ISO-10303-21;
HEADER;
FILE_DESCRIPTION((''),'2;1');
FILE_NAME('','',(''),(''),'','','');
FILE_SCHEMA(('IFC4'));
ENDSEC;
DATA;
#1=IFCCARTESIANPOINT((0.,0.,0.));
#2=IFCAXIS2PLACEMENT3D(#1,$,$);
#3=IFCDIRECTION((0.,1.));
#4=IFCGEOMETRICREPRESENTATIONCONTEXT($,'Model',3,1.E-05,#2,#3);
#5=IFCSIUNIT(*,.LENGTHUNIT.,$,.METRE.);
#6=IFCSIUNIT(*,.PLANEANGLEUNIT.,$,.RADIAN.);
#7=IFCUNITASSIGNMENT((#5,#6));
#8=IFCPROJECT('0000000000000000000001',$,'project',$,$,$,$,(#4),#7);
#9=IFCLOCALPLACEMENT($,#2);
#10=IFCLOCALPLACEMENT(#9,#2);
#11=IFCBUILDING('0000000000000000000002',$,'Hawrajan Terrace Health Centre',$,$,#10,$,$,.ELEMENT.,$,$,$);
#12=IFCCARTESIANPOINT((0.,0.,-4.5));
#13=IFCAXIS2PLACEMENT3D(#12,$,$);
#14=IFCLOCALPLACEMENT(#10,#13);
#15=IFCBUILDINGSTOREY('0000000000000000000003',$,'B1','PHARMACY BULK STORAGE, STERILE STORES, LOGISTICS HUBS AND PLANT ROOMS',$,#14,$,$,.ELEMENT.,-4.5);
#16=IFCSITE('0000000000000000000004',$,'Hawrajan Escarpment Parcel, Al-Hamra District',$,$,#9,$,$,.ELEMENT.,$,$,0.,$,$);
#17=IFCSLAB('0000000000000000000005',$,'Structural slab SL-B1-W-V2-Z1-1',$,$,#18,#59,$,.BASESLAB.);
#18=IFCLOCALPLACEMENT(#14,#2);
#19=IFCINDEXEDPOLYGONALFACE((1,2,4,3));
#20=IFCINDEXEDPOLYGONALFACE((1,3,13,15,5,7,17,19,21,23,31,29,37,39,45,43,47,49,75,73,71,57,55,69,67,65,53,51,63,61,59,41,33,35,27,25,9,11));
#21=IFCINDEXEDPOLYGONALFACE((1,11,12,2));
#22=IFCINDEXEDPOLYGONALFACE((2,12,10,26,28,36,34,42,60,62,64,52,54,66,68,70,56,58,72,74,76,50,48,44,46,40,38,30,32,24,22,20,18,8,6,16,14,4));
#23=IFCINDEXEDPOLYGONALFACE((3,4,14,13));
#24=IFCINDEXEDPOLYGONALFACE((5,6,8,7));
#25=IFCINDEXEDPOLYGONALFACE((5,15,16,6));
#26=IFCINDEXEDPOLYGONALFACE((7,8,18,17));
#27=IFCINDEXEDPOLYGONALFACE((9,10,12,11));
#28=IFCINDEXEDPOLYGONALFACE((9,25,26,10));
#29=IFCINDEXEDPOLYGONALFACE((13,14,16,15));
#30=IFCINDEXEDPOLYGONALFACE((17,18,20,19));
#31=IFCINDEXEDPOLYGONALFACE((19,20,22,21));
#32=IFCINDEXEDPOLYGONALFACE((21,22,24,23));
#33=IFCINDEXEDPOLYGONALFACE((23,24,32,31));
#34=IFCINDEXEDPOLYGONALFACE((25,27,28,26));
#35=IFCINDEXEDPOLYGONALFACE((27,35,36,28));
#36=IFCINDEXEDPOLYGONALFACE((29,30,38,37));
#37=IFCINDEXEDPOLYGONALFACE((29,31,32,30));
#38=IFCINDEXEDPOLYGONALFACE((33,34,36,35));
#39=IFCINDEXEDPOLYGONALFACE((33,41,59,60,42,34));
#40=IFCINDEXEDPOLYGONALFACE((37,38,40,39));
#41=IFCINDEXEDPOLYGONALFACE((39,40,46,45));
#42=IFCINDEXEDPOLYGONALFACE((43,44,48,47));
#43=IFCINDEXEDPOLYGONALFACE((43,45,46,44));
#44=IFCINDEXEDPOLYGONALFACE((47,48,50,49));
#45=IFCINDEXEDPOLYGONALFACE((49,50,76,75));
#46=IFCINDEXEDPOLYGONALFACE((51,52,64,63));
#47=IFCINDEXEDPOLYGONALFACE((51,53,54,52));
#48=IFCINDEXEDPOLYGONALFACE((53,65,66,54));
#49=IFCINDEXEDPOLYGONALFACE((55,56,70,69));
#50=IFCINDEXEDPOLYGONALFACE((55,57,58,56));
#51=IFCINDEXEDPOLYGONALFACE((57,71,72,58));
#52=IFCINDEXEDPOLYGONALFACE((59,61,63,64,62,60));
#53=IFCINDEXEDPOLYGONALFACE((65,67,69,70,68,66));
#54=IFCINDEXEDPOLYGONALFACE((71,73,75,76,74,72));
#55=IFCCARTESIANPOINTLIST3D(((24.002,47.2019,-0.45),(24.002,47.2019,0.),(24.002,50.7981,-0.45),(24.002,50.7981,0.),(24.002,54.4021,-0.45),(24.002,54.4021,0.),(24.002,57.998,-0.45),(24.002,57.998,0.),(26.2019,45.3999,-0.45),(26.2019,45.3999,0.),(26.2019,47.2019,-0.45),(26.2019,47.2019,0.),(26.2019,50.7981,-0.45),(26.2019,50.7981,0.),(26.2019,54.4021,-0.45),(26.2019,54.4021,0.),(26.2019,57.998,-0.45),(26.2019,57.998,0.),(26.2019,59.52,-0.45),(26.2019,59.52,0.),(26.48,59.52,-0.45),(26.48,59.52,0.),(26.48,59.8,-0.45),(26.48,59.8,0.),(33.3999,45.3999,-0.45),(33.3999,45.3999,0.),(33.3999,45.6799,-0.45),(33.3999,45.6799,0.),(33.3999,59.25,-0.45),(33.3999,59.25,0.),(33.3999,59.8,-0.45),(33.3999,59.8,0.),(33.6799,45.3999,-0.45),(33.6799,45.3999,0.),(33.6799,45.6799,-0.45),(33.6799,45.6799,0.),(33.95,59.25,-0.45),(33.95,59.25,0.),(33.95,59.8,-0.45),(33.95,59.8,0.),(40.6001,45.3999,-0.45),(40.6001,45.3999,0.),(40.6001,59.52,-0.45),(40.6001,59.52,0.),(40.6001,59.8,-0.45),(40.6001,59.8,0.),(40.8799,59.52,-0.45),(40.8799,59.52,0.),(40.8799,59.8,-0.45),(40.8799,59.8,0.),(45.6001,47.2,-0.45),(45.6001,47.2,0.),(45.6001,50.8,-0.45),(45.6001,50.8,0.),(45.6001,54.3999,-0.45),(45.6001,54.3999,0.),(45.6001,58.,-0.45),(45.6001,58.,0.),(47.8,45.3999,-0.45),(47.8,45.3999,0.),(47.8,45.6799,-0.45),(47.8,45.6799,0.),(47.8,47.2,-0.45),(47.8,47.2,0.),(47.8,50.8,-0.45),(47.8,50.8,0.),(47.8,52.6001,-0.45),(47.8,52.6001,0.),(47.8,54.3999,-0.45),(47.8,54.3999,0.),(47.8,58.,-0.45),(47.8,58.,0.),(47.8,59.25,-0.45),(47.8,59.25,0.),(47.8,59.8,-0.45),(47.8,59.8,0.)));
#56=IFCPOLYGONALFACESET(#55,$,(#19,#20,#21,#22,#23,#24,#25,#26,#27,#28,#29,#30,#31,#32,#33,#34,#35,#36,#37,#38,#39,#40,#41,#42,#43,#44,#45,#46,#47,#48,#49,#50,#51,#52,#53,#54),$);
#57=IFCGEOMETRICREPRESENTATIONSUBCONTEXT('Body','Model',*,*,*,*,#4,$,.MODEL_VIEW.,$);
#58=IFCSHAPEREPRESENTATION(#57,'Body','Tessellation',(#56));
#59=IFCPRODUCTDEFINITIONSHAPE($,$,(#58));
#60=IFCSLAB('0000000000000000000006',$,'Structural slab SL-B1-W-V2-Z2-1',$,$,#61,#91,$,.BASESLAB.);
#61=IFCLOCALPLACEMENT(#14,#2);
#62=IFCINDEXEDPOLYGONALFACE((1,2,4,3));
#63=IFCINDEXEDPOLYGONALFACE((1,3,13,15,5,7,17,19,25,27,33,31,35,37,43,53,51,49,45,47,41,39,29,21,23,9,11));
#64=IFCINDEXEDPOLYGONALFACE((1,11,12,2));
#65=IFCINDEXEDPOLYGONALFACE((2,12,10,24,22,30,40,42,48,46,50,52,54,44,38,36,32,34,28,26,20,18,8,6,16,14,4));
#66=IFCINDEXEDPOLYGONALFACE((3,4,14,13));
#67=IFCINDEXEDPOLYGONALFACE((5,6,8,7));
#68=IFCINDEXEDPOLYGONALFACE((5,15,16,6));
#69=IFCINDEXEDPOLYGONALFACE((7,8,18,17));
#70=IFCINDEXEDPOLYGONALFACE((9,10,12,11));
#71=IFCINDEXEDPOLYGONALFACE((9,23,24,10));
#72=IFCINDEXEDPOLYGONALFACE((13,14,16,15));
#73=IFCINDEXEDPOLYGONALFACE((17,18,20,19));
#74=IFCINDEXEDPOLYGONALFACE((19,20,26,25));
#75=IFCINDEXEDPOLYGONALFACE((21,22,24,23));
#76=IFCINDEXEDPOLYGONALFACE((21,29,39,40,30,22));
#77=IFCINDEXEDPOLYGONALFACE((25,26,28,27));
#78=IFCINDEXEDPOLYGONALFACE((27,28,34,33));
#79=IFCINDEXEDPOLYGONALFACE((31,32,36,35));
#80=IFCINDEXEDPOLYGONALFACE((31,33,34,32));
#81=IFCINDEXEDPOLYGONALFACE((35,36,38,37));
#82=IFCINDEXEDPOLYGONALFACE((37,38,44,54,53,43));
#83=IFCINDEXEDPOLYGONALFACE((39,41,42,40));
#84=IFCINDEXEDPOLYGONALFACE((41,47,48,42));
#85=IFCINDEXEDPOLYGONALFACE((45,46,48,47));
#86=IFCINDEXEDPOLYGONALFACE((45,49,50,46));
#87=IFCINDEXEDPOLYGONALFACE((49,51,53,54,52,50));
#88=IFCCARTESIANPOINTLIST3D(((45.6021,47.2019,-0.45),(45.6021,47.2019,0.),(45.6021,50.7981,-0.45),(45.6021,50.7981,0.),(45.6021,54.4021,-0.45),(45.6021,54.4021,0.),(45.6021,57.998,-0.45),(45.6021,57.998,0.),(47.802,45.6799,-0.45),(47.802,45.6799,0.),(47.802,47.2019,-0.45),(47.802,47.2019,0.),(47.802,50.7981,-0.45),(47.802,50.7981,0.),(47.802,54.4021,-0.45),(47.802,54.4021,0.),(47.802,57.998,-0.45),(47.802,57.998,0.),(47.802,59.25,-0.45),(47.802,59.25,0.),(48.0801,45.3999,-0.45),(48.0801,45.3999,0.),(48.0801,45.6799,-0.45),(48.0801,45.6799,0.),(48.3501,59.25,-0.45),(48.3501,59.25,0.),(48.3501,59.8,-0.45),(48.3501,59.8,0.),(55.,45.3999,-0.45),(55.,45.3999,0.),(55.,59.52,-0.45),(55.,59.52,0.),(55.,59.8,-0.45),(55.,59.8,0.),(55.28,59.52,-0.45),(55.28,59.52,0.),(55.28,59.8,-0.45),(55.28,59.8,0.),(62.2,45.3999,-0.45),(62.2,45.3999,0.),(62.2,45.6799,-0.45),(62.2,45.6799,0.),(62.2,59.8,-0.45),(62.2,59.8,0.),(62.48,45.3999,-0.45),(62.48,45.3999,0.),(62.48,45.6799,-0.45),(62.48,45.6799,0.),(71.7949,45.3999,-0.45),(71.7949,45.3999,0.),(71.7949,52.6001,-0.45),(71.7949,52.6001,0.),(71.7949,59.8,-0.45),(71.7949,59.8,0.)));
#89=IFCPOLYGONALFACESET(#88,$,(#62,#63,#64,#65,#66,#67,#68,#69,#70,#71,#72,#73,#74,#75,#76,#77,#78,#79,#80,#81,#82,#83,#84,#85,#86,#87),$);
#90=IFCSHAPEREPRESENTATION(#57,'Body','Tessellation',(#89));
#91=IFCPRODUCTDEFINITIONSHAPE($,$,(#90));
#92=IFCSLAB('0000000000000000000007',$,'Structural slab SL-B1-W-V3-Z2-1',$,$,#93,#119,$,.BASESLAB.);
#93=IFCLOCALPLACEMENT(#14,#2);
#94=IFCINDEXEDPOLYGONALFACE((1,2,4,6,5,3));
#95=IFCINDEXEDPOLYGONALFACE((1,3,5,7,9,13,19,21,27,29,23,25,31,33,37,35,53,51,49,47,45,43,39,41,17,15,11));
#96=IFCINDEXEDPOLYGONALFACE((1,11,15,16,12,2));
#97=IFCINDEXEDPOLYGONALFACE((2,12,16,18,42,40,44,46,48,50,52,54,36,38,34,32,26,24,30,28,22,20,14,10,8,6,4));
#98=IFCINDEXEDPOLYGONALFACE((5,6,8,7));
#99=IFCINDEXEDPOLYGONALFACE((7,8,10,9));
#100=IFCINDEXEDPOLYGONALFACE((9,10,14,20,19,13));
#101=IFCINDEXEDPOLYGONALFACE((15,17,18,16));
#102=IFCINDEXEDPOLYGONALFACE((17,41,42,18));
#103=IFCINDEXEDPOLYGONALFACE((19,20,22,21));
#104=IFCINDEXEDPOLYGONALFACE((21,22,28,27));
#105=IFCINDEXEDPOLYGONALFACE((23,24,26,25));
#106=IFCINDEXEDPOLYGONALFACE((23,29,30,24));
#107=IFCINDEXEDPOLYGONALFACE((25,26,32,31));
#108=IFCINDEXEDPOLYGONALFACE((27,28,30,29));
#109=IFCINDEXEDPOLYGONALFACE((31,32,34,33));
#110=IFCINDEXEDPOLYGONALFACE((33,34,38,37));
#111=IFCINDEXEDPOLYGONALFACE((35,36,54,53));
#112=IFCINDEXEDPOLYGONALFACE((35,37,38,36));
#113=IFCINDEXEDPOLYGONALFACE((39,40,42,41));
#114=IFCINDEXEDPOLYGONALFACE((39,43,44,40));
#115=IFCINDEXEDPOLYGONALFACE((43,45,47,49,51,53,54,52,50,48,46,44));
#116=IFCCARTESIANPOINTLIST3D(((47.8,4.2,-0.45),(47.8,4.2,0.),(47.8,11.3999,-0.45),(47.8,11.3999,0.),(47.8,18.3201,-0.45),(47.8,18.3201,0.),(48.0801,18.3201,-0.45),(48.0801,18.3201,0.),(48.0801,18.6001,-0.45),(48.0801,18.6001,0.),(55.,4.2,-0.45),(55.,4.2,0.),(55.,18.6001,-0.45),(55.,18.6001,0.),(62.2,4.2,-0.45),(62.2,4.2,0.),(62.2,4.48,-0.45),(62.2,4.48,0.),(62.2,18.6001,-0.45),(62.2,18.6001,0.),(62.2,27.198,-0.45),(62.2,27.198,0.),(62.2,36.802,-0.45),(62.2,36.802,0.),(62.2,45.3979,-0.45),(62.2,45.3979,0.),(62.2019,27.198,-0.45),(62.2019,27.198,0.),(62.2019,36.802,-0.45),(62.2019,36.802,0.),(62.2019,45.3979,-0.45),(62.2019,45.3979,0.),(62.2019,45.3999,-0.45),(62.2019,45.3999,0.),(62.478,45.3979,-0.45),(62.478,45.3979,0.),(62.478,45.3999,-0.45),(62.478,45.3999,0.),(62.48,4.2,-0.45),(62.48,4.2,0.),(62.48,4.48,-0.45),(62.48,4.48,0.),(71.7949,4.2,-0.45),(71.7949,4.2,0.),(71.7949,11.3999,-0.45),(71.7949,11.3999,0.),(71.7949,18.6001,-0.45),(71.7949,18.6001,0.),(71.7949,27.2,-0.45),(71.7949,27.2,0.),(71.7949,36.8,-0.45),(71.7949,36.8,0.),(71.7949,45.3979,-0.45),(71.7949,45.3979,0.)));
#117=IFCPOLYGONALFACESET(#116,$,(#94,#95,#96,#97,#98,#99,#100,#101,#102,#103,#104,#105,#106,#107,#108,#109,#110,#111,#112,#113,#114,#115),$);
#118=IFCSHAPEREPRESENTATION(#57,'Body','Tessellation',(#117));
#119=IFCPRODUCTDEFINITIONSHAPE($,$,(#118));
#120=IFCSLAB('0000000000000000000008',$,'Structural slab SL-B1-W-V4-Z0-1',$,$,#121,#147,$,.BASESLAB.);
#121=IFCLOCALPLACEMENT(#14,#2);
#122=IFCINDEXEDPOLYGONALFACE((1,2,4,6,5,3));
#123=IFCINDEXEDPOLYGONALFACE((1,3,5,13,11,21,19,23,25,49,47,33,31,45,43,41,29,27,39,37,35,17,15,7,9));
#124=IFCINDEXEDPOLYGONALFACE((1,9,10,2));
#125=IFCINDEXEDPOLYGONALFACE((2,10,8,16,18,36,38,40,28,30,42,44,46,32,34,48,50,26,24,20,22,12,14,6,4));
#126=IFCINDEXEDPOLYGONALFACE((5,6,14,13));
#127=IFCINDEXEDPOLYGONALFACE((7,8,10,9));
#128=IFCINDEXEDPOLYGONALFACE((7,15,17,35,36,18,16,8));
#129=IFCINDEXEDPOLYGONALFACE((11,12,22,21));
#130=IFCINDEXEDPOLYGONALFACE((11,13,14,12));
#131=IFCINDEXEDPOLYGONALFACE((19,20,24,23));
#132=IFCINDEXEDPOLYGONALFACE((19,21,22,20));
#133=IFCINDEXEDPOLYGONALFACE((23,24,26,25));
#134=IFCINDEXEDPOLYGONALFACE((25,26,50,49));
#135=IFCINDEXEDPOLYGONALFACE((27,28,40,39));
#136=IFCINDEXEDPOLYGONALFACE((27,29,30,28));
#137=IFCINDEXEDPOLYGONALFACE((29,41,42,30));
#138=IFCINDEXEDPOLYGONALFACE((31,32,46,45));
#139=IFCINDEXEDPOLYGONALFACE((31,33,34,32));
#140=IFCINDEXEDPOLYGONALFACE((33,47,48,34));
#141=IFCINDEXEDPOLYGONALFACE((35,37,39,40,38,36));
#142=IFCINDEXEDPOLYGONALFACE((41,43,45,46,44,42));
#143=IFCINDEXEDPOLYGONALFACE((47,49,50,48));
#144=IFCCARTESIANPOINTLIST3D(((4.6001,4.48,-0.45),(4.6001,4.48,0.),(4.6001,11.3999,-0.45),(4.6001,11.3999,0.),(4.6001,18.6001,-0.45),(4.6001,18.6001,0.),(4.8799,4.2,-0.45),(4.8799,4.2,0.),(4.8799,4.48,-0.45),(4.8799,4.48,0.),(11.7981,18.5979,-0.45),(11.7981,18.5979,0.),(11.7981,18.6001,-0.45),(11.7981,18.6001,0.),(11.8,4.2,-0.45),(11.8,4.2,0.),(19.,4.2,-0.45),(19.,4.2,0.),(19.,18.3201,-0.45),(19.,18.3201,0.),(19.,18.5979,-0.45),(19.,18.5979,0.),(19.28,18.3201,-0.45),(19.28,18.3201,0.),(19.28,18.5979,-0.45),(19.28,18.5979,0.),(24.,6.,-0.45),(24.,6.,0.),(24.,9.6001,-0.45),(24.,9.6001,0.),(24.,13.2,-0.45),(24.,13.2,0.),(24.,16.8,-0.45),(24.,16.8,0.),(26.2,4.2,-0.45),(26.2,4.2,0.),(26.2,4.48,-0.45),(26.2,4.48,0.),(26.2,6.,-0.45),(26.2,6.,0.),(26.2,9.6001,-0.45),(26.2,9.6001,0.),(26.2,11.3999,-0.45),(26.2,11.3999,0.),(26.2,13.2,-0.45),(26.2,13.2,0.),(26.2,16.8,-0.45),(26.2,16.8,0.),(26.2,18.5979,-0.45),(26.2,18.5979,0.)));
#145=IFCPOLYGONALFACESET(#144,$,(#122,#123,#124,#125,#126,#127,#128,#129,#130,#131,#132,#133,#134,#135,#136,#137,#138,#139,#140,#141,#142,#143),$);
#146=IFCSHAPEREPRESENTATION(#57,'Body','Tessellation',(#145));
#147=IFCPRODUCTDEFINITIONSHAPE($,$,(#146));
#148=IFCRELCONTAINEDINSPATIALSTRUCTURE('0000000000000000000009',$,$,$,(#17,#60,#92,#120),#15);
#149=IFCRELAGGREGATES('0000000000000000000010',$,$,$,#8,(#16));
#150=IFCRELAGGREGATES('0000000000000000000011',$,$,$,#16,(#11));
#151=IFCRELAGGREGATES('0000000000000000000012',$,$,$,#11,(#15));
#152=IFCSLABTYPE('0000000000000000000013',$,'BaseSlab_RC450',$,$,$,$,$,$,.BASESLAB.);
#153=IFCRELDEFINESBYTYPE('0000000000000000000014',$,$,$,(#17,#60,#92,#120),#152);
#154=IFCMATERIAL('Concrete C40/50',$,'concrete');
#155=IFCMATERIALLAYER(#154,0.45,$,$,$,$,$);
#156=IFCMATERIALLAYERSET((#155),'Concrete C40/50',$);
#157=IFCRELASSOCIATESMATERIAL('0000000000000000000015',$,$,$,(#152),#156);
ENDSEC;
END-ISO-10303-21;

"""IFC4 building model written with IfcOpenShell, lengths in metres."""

from ifc_helpers import new_model, si_unit, direction, frame, origin, place, context, subcontext, project, spatial, polyline, outline, extrude, material, layer, layer_set, type_object, element, save


model = new_model("IFC4")

# Units and contexts
model_context = context("Model", 3, precision=1e-05, world=origin(), true_north=direction((0.0, 1.0)))
body_context = subcontext(model_context, "Body", "Model", "MODEL_VIEW")
ifc_project = project(units=[si_unit("LENGTHUNIT", "METRE"), si_unit("PLANEANGLEUNIT", "RADIAN")], contexts=[model_context])

# Site, building, storey
site_placement = place(None, origin())
site = spatial("IfcSite", under=ifc_project, at=site_placement, Name="Hawrajan Escarpment Parcel, Al-Hamra District", CompositionType="ELEMENT", RefElevation=0.0)
building_placement = place(site_placement, origin())
building = spatial("IfcBuilding", under=site, at=building_placement, Name="Hawrajan Terrace Health Centre", CompositionType="ELEMENT")
storey_placement = place(building_placement, frame((0.0, 0.0, -4.5)))
storey = spatial("IfcBuildingStorey", under=building, at=storey_placement, Name="B1", Description="PHARMACY BULK STORAGE, STERILE STORES, LOGISTICS HUBS AND PLANT ROOMS", CompositionType="ELEMENT", Elevation=-4.5)

# Shared definitions
ifc_material_1 = material(Name="Concrete C40/50", Category="concrete")

# Slabs
ifc_layer_1 = layer(ifc_material_1, 0.45)
ifc_layer_set_1 = layer_set([ifc_layer_1], Name="Concrete C40/50")
slab_type_1 = type_object("IfcSlabType", Name="BaseSlab_RC450", PredefinedType="BASESLAB", material=ifc_layer_set_1)
slab_1_placement = place(storey_placement, frame((0.0, 0.0, -0.45)))
element("IfcSlab", 1, at=slab_1_placement, inside=storey, type_object=slab_type_1, Name="Structural slab SL-B1-W-V2-Z1-1", PredefinedType="BASESLAB", context=body_context, shape_type="SweptSolid", body=[
    extrude(outline(polyline([(26.48, 59.52), (26.48, 59.8), (33.3999, 59.8), (33.3999, 59.25), (33.95, 59.25), (33.95, 59.8), (40.6001, 59.8), (40.6001, 59.52), (40.8799, 59.52), (40.8799, 59.8), (47.8, 59.8), (47.8, 59.25), (47.8, 58.0), (45.6001, 58.0), (45.6001, 54.3999), (47.8, 54.3999), (47.8, 52.6001), (47.8, 50.8), (45.6001, 50.8), (45.6001, 47.2), (47.8, 47.2), (47.8, 45.6799), (47.8, 45.3999), (40.6001, 45.3999), (33.6799, 45.3999), (33.6799, 45.6799), (33.3999, 45.6799), (33.3999, 45.3999), (26.2019, 45.3999), (26.2019, 47.2019), (24.002, 47.2019), (24.002, 50.7981), (26.2019, 50.7981), (26.2019, 54.4021), (24.002, 54.4021), (24.002, 57.998), (26.2019, 57.998), (26.2019, 59.52), (26.48, 59.52)])), origin(), (0.0, 0.0, 1.0), 0.45),
])
slab_2_placement = place(storey_placement, frame((0.0, 0.0, -0.45)))
element("IfcSlab", 2, at=slab_2_placement, inside=storey, type_object=slab_type_1, Name="Structural slab SL-B1-W-V2-Z2-1", PredefinedType="BASESLAB", context=body_context, shape_type="SweptSolid", body=[
    extrude(outline(polyline([(48.3501, 59.25), (48.3501, 59.8), (55.0, 59.8), (55.0, 59.52), (55.28, 59.52), (55.28, 59.8), (62.2, 59.8), (71.7949, 59.8), (71.7949, 52.6001), (71.7949, 45.3999), (62.48, 45.3999), (62.48, 45.6799), (62.2, 45.6799), (62.2, 45.3999), (55.0, 45.3999), (48.0801, 45.3999), (48.0801, 45.6799), (47.802, 45.6799), (47.802, 47.2019), (45.6021, 47.2019), (45.6021, 50.7981), (47.802, 50.7981), (47.802, 54.4021), (45.6021, 54.4021), (45.6021, 57.998), (47.802, 57.998), (47.802, 59.25), (48.3501, 59.25)])), origin(), (0.0, 0.0, 1.0), 0.45),
])
slab_3_placement = place(storey_placement, frame((0.0, 0.0, -0.45)))
element("IfcSlab", 3, at=slab_3_placement, inside=storey, type_object=slab_type_1, Name="Structural slab SL-B1-W-V3-Z2-1", PredefinedType="BASESLAB", context=body_context, shape_type="SweptSolid", body=[
    extrude(outline(polyline([(62.2, 18.6001), (62.2, 27.198), (62.2019, 27.198), (62.2019, 36.802), (62.2, 36.802), (62.2, 45.3979), (62.2019, 45.3979), (62.2019, 45.3999), (62.478, 45.3999), (62.478, 45.3979), (71.7949, 45.3979), (71.7949, 36.8), (71.7949, 27.2), (71.7949, 18.6001), (71.7949, 11.3999), (71.7949, 4.2), (62.48, 4.2), (62.48, 4.48), (62.2, 4.48), (62.2, 4.2), (55.0, 4.2), (47.8, 4.2), (47.8, 11.3999), (47.8, 18.3201), (48.0801, 18.3201), (48.0801, 18.6001), (55.0, 18.6001), (62.2, 18.6001)])), origin(), (0.0, 0.0, 1.0), 0.45),
])
slab_4_placement = place(storey_placement, frame((0.0, 0.0, -0.45)))
element("IfcSlab", 4, at=slab_4_placement, inside=storey, type_object=slab_type_1, Name="Structural slab SL-B1-W-V4-Z0-1", PredefinedType="BASESLAB", context=body_context, shape_type="SweptSolid", body=[
    extrude(outline(polyline([(11.7981, 18.6001), (11.7981, 18.5979), (19.0, 18.5979), (19.0, 18.3201), (19.28, 18.3201), (19.28, 18.5979), (26.2, 18.5979), (26.2, 16.8), (24.0, 16.8), (24.0, 13.2), (26.2, 13.2), (26.2, 11.3999), (26.2, 9.6001), (24.0, 9.6001), (24.0, 6.0), (26.2, 6.0), (26.2, 4.48), (26.2, 4.2), (19.0, 4.2), (11.8, 4.2), (4.8799, 4.2), (4.8799, 4.48), (4.6001, 4.48), (4.6001, 11.3999), (4.6001, 18.6001), (11.7981, 18.6001)])), origin(), (0.0, 0.0, 1.0), 0.45),
])

save(model, "model.ifc")
